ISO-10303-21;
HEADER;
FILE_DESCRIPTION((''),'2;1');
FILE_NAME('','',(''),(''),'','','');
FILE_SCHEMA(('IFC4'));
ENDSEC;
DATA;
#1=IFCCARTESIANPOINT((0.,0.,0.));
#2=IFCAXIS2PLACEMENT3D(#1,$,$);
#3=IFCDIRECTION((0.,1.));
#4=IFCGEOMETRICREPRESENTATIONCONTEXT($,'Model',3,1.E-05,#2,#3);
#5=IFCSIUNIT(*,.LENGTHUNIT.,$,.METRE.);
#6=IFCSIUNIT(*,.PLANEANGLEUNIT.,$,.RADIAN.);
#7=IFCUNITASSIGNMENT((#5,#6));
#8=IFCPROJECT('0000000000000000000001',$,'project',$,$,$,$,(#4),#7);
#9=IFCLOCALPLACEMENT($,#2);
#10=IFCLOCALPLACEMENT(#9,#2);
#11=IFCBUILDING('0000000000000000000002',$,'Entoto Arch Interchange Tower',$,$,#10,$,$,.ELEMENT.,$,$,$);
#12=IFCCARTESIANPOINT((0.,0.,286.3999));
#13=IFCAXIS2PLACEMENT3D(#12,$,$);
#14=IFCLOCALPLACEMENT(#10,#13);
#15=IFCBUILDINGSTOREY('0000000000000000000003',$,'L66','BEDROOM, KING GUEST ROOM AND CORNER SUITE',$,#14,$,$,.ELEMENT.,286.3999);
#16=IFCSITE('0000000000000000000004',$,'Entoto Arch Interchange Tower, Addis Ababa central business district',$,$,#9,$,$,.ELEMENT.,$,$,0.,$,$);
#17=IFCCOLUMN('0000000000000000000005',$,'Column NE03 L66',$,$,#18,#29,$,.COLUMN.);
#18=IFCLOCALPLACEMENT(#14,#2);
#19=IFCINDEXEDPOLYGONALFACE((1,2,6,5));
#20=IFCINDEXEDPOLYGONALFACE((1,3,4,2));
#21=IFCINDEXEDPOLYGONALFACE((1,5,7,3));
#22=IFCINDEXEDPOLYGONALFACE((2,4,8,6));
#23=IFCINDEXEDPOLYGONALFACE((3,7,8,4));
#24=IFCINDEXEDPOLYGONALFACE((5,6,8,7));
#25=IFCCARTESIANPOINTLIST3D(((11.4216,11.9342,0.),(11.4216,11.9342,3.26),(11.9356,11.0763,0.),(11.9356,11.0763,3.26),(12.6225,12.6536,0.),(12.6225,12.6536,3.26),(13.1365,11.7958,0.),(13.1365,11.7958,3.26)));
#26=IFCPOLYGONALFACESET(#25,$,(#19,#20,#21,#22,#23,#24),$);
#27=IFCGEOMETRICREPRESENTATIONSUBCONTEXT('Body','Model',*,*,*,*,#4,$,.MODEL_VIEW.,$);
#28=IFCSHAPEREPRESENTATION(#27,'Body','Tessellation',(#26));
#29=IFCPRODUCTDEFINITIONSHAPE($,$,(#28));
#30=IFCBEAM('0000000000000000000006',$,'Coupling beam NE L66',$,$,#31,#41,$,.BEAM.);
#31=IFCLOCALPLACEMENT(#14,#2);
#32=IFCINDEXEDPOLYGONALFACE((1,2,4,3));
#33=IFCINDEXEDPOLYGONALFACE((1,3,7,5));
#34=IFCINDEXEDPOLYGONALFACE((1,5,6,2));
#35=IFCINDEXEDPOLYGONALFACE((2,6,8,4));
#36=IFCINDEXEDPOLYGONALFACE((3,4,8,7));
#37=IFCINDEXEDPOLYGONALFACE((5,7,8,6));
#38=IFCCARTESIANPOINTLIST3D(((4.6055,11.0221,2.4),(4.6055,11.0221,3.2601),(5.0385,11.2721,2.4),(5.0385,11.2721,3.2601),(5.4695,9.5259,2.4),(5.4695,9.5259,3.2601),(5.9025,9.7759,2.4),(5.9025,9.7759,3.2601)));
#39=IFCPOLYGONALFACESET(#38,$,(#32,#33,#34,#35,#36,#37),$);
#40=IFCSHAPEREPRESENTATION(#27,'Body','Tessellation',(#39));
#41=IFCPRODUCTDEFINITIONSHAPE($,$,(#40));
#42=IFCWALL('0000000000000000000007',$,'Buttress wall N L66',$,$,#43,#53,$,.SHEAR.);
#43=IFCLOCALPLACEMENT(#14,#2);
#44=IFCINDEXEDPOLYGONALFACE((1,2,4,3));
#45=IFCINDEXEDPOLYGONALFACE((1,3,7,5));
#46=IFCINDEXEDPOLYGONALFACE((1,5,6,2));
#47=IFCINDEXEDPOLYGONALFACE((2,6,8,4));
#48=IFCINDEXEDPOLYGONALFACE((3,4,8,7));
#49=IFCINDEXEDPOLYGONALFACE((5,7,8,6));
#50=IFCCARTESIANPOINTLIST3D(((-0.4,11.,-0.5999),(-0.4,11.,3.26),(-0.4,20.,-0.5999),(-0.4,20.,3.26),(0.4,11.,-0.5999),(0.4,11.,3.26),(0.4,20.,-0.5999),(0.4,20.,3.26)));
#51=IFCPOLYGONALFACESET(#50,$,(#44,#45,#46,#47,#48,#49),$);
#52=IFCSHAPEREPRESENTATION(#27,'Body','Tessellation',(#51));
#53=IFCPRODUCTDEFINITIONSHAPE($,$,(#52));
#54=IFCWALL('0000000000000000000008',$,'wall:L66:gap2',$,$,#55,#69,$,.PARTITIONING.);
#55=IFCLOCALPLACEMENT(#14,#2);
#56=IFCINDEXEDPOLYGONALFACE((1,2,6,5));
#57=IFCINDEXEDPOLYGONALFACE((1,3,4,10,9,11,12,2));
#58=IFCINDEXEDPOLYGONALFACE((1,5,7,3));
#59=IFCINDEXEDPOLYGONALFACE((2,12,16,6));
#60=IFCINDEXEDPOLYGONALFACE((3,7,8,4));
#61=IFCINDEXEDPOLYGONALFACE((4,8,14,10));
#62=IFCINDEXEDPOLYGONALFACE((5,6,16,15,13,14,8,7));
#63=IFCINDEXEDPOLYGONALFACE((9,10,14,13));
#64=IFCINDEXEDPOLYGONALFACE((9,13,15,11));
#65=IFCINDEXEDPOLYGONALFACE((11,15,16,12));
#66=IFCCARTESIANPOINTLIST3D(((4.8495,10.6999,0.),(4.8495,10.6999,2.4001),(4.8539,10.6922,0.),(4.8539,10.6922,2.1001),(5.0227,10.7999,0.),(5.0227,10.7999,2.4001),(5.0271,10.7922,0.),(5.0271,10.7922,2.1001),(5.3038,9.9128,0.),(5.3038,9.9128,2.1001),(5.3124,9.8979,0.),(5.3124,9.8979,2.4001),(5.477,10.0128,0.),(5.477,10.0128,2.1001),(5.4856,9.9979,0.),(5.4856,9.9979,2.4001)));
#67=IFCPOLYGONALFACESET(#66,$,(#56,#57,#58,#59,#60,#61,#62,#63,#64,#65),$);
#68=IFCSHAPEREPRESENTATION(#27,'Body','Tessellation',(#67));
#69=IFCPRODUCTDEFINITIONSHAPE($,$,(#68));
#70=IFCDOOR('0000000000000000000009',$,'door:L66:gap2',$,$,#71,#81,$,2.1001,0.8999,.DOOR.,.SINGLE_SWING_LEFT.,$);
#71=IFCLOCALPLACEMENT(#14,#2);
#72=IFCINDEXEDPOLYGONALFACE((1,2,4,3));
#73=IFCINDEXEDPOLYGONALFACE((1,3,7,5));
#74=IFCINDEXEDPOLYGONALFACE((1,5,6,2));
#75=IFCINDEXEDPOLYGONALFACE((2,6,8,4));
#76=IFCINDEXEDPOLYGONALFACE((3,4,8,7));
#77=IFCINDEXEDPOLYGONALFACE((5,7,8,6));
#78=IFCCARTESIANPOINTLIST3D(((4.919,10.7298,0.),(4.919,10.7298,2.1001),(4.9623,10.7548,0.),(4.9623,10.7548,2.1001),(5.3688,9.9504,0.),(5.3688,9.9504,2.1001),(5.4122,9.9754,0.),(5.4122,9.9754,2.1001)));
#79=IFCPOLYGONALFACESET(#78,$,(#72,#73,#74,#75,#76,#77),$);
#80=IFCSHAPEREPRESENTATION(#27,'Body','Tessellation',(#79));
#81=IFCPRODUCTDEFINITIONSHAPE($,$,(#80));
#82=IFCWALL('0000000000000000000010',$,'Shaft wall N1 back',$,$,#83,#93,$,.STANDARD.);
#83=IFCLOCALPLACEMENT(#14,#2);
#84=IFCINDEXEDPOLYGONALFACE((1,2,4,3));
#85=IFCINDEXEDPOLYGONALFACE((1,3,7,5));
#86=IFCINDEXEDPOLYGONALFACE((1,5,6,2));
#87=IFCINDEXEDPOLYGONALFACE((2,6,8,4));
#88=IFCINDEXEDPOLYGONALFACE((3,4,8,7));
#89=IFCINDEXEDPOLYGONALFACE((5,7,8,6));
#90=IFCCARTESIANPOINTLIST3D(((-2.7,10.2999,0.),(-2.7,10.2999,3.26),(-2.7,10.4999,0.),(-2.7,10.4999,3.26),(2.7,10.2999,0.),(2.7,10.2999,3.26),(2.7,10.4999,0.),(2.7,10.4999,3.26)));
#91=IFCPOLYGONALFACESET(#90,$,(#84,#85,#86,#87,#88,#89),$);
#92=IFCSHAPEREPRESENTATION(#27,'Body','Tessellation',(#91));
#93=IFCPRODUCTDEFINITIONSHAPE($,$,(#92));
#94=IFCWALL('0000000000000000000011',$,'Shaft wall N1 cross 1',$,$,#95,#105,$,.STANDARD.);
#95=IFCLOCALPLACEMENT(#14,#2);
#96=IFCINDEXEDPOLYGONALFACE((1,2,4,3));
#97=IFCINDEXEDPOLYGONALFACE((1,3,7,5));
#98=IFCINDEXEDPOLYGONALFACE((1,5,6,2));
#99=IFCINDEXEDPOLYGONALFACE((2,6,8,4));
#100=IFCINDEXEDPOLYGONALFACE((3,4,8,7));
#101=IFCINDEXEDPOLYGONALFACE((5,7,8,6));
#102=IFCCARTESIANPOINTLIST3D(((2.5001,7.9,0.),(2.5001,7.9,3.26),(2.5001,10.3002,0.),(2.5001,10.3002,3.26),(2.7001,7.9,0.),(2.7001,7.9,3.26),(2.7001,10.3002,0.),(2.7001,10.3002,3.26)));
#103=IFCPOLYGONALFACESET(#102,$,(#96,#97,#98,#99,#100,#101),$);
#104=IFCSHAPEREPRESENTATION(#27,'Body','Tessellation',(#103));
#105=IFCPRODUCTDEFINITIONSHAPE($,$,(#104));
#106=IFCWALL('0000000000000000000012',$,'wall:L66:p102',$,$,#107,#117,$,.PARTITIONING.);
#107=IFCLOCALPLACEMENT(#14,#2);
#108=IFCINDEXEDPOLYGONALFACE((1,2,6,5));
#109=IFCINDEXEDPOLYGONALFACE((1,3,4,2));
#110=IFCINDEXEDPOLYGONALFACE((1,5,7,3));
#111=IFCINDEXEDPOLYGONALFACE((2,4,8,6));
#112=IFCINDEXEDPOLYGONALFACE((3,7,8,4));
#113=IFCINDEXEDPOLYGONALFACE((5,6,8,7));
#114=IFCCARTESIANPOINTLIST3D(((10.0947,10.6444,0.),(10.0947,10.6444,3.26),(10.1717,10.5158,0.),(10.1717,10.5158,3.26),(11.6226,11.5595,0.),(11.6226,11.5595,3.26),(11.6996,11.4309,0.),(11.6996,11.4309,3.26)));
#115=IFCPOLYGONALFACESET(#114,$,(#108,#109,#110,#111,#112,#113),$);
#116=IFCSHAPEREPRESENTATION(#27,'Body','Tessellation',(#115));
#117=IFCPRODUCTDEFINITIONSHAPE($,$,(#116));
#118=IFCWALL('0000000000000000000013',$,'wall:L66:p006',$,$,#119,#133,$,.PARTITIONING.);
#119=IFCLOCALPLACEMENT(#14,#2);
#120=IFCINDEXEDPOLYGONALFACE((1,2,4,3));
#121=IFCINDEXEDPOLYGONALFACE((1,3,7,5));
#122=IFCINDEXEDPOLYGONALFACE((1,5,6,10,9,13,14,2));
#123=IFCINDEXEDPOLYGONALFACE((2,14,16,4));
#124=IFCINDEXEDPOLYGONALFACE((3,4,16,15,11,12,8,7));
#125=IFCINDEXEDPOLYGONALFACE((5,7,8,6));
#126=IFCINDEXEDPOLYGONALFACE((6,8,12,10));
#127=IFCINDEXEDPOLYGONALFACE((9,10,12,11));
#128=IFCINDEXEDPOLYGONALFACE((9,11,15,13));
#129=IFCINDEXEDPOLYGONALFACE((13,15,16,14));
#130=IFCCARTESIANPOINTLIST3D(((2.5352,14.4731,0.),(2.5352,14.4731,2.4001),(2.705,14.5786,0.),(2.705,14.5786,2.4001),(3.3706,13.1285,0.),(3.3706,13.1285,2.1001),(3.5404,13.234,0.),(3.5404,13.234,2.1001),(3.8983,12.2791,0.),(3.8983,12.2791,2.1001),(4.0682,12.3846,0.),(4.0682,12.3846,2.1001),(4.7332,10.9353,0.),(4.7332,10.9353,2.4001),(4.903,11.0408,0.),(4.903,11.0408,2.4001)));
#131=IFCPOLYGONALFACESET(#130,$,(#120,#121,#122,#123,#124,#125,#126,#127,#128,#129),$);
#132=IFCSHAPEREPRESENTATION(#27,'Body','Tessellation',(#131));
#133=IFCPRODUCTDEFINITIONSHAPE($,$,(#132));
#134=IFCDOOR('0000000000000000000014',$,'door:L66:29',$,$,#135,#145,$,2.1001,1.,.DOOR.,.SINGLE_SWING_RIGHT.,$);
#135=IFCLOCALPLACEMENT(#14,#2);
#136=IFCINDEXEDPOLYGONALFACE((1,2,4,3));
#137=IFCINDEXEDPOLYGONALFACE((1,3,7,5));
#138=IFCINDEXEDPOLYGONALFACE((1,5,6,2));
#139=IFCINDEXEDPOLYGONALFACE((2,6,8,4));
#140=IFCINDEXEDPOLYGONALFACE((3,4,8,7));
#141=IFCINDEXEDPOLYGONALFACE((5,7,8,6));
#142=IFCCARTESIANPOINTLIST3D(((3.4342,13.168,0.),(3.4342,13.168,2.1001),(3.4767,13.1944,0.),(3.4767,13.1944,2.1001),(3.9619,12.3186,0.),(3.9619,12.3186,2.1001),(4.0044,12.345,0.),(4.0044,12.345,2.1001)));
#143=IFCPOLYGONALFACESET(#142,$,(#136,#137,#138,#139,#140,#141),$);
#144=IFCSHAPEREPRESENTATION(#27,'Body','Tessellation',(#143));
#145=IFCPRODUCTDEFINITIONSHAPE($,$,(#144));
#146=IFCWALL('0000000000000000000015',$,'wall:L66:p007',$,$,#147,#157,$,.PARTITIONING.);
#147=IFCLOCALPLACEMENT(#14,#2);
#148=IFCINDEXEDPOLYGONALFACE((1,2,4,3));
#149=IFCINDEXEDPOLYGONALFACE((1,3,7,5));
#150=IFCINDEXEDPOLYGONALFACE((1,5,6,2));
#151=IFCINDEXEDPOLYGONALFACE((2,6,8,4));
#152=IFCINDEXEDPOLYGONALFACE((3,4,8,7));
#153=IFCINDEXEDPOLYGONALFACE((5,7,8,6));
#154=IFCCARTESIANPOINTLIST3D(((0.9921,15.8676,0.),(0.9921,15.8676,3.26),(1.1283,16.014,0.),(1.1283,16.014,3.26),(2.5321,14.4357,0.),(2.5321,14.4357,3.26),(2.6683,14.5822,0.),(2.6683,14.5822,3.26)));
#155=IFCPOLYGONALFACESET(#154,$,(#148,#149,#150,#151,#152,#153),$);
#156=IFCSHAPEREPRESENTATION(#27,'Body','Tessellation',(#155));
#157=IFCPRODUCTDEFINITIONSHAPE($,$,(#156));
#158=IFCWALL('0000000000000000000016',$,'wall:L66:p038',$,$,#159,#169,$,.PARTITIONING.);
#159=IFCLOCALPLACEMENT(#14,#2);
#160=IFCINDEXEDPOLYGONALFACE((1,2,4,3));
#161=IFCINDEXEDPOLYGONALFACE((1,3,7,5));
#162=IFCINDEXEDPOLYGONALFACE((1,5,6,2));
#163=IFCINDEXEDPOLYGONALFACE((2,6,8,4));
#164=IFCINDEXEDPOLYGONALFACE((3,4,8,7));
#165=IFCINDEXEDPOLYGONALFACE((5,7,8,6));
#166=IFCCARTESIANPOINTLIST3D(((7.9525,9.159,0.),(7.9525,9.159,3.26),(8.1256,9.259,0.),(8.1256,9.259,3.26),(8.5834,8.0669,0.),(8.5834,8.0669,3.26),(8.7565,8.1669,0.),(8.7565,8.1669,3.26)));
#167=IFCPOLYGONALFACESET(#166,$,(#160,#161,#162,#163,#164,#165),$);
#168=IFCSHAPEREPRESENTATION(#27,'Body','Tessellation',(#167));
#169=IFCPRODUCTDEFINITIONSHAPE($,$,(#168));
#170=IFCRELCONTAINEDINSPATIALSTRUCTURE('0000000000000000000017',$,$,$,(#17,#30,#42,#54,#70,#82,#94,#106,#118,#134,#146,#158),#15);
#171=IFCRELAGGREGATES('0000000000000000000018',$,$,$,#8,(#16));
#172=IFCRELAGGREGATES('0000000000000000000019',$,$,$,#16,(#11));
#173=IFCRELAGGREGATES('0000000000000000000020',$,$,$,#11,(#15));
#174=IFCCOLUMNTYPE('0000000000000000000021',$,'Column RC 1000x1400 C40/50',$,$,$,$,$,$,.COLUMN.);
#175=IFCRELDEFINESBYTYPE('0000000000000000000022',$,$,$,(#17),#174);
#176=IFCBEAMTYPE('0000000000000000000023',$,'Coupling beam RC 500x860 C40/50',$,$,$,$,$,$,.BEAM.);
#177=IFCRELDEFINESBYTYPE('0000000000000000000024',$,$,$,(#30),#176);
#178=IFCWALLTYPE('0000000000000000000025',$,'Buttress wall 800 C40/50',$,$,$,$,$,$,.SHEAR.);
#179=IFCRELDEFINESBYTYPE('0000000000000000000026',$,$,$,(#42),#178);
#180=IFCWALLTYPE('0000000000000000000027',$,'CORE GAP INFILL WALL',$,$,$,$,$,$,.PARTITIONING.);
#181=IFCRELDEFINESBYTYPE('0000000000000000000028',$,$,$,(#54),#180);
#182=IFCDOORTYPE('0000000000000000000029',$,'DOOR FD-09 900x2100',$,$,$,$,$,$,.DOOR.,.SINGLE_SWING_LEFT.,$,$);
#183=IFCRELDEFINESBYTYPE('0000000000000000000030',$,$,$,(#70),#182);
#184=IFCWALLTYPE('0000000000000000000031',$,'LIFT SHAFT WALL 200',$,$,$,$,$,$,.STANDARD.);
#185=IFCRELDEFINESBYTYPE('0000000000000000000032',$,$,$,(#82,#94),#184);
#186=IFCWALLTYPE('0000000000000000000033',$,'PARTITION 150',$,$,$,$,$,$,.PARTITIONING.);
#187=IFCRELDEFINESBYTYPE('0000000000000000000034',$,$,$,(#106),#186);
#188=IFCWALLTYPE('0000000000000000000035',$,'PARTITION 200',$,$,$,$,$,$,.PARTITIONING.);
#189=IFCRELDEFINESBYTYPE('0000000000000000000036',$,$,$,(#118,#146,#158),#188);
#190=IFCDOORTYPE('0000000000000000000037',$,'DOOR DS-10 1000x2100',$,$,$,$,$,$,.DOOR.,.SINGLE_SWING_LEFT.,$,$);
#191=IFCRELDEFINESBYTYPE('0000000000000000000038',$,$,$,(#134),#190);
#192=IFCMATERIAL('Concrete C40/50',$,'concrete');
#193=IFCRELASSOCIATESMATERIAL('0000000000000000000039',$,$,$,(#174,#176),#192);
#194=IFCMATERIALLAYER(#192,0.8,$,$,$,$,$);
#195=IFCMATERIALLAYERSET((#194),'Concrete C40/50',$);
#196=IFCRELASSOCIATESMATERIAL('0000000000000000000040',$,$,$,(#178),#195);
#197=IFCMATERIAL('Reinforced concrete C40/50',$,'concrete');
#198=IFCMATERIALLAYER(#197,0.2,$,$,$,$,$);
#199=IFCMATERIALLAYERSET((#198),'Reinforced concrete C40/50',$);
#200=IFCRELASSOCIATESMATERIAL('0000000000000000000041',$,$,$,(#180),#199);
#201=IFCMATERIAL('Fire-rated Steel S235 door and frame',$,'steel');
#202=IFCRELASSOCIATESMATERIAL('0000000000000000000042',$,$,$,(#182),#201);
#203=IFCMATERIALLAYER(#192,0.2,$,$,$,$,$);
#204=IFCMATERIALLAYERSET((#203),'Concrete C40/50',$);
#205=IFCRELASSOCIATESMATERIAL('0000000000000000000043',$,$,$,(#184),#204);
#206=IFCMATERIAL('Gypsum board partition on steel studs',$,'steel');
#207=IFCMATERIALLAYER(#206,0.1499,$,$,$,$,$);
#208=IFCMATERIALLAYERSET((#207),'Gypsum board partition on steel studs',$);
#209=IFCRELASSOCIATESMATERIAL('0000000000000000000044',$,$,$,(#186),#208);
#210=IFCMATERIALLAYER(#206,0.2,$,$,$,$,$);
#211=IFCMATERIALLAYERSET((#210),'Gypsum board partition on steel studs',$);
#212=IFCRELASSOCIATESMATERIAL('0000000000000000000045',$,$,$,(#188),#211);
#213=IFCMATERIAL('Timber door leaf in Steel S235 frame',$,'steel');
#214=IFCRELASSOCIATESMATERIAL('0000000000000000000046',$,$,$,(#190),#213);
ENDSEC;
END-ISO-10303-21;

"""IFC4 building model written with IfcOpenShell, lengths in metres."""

from ifc_helpers import new_model, si_unit, direction, frame, frame_2d, origin, origin_2d, place, context, subcontext, project, spatial, rectangle, extrude, material, layer, layer_set, material_profile, profile_set, type_object, element, fill, save


model = new_model("IFC4")

# Units and contexts
model_context = context("Model", 3, precision=1e-05, world=origin(), true_north=direction((0.0, 1.0)))
body_context = subcontext(model_context, "Body", "Model", "MODEL_VIEW")
ifc_project = project(units=[si_unit("LENGTHUNIT", "METRE"), si_unit("PLANEANGLEUNIT", "RADIAN")], contexts=[model_context])

# Site, building, storey
site_placement = place(None, origin())
site = spatial("IfcSite", under=ifc_project, at=site_placement, Name="Entoto Arch Interchange Tower, Addis Ababa central business district", CompositionType="ELEMENT", RefElevation=0.0)
building_placement = place(site_placement, origin())
building = spatial("IfcBuilding", under=site, at=building_placement, Name="Entoto Arch Interchange Tower", CompositionType="ELEMENT")
storey_placement = place(building_placement, frame((0.0, 0.0, 286.3999)))
storey = spatial("IfcBuildingStorey", under=building, at=storey_placement, Name="L66", Description="BEDROOM, KING GUEST ROOM AND CORNER SUITE", CompositionType="ELEMENT", Elevation=286.3999)

# Column
ifc_material_1 = material(Name="Concrete C40/50", Category="concrete")
ifc_material_profile_1 = material_profile(ifc_material_1, rectangle(XDim=1.0, YDim=1.3999, at=origin_2d()))
ifc_profile_set_1 = profile_set([ifc_material_profile_1], Name="Concrete C40/50")
column_type = type_object("IfcColumnType", Name="Column RC 1000x1400 C40/50", PredefinedType="COLUMN", material=ifc_profile_set_1)
column_placement = place(storey_placement, frame((12.2791, 11.865, 0.0), z_axis=(0.0, 0.0, 1.0), x_axis=(-0.513946, 0.857823, 0.0)))
element("IfcColumn", 1, at=column_placement, inside=storey, type_object=column_type, Name="Column NE03 L66", PredefinedType="COLUMN", context=body_context, shape_type="SweptSolid", body=[
    extrude(rectangle(XDim=1.0, YDim=1.3999, at=origin_2d()), origin(), (0.0, 0.0, 1.0), 3.26),
])

# Beam
ifc_material_profile_2 = material_profile(ifc_material_1, rectangle(XDim=0.5, YDim=0.8601, at=origin_2d()))
ifc_profile_set_2 = profile_set([ifc_material_profile_2], Name="Concrete C40/50")
beam_type = type_object("IfcBeamType", Name="Coupling beam RC 500x860 C40/50", PredefinedType="BEAM", material=ifc_profile_set_2)
beam_placement = place(storey_placement, frame((5.686, 9.6509, 2.8301), z_axis=(-0.500106, 0.865964, 0.0), x_axis=(-0.865964, -0.500106, 0.0)))
element("IfcBeam", 2, at=beam_placement, inside=storey, type_object=beam_type, Name="Coupling beam NE L66", PredefinedType="BEAM", context=body_context, shape_type="SweptSolid", body=[
    extrude(rectangle(XDim=0.5, YDim=0.8601, at=origin_2d()), origin(), (0.0, 0.0, 1.0), 1.7278),
])

# Wall
ifc_layer_1 = layer(ifc_material_1, 0.8)
ifc_layer_set_1 = layer_set([ifc_layer_1], Name="Concrete C40/50")
wall_type_1 = type_object("IfcWallType", Name="Buttress wall 800 C40/50", PredefinedType="SHEAR", material=ifc_layer_set_1)
wall_1_placement = place(storey_placement, frame((0.0, 11.0, -0.5999), z_axis=(0.0, 0.0, 1.0), x_axis=(0.0, 1.0, 0.0)))
element("IfcWall", 3, at=wall_1_placement, inside=storey, type_object=wall_type_1, Name="Buttress wall N L66", PredefinedType="SHEAR", context=body_context, shape_type="SweptSolid", body=[
    extrude(rectangle(XDim=9.0, YDim=0.8, at=frame_2d((4.5, 0.0))), origin(), (0.0, 0.0, 1.0), 3.8599),
])

# Wall, opening, door
ifc_material_2 = material(Name="Reinforced concrete C40/50", Category="concrete")
ifc_layer_2 = layer(ifc_material_2, 0.2)
ifc_layer_set_2 = layer_set([ifc_layer_2], Name="Reinforced concrete C40/50")
wall_type_2 = type_object("IfcWallType", Name="CORE GAP INFILL WALL", PredefinedType="PARTITIONING", material=ifc_layer_set_2)
wall_2_placement = place(storey_placement, frame((5.3989, 9.948, 0.0), z_axis=(0.0, 0.0, 1.0), x_axis=(-0.499882, 0.866093, 0.0)))
wall_2 = element("IfcWall", 4, at=wall_2_placement, inside=storey, type_object=wall_type_2, Name="wall:L66:gap2", PredefinedType="PARTITIONING", context=body_context, shape_type="SweptSolid", body=[
    extrude(rectangle(XDim=0.926, YDim=0.2, at=frame_2d((0.4629, 0.0))), origin(), (0.0, 0.0, 1.0), 2.4001),
])
opening_1_placement = place(wall_2_placement, frame((0.0171, 0.0, 0.0)))
opening_1 = element("IfcOpeningElement", 5, at=opening_1_placement, cuts=wall_2, PredefinedType="OPENING", context=body_context, shape_type="SweptSolid", body=[
    extrude(rectangle(XDim=0.8999, YDim=2.1001, at=frame_2d((0.45, 1.05))), frame((0.0, 0.1099, 0.0), z_axis=(0.0, -1.0, 0.0), x_axis=(1.0, 0.0, 0.0)), (0.0, 0.0, 1.0), 0.22),
])
ifc_material_3 = material(Name="Fire-rated Steel S235 door and frame", Category="steel")
door_type_1 = type_object("IfcDoorType", Name="DOOR FD-09 900x2100", OperationType="SINGLE_SWING_LEFT", PredefinedType="DOOR", material=ifc_material_3)
door_1_placement = place(opening_1_placement, origin())
door_1 = element("IfcDoor", 6, at=door_1_placement, inside=storey, type_object=door_type_1, Name="door:L66:gap2", OperationType="SINGLE_SWING_LEFT", OverallHeight=2.1001, OverallWidth=0.8999, PredefinedType="DOOR", context=body_context, shape_type="SweptSolid", body=[
    extrude(rectangle(XDim=0.8999, YDim=2.1001, at=frame_2d((0.45, 1.05))), frame((0.0, 0.0249, 0.0), z_axis=(0.0, -1.0, 0.0), x_axis=(1.0, 0.0, 0.0)), (0.0, 0.0, 1.0), 0.05),
])
fill(opening_1, door_1)

# Walls
ifc_layer_3 = layer(ifc_material_1, 0.2)
ifc_layer_set_3 = layer_set([ifc_layer_3], Name="Concrete C40/50")
wall_type_3 = type_object("IfcWallType", Name="LIFT SHAFT WALL 200", PredefinedType="STANDARD", material=ifc_layer_set_3)
wall_3_placement = place(storey_placement, frame((2.7, 10.3999, 0.0), z_axis=(0.0, 0.0, 1.0), x_axis=(-1.0, 0.0, 0.0)))
element("IfcWall", 7, at=wall_3_placement, inside=storey, type_object=wall_type_3, Name="Shaft wall N1 back", PredefinedType="STANDARD", context=body_context, shape_type="SweptSolid", body=[
    extrude(rectangle(XDim=5.3999, YDim=0.2, at=frame_2d((2.7, 0.0))), origin(), (0.0, 0.0, 1.0), 3.26),
])
wall_4_placement = place(storey_placement, frame((2.6001, 7.8999, 0.0), z_axis=(0.0, 0.0, 1.0), x_axis=(0.0, 1.0, 0.0)))
element("IfcWall", 8, at=wall_4_placement, inside=storey, type_object=wall_type_3, Name="Shaft wall N1 cross 1", PredefinedType="STANDARD", context=body_context, shape_type="SweptSolid", body=[
    extrude(rectangle(XDim=2.4001, YDim=0.2, at=frame_2d((1.2002, 0.0))), origin(), (0.0, 0.0, 1.0), 3.26),
])
ifc_material_4 = material(Name="Gypsum board partition on steel studs", Category="steel")
ifc_layer_4 = layer(ifc_material_4, 0.1499)
ifc_layer_set_4 = layer_set([ifc_layer_4], Name="Gypsum board partition on steel studs")
wall_type_4 = type_object("IfcWallType", Name="PARTITION 150", PredefinedType="PARTITIONING", material=ifc_layer_set_4)
wall_5_placement = place(storey_placement, frame((10.1331, 10.5801, 0.0), z_axis=(0.0, 0.0, 1.0), x_axis=(0.857904, 0.51381, 0.0)))
element("IfcWall", 9, at=wall_5_placement, inside=storey, type_object=wall_type_4, Name="wall:L66:p102", PredefinedType="PARTITIONING", context=body_context, shape_type="SweptSolid", body=[
    extrude(rectangle(XDim=1.781, YDim=0.1499, at=frame_2d((0.8906, 0.0))), origin(), (0.0, 0.0, 1.0), 3.26),
])

# Wall, opening, door
ifc_layer_5 = layer(ifc_material_4, 0.2)
ifc_layer_set_5 = layer_set([ifc_layer_5], Name="Gypsum board partition on steel studs")
wall_type_5 = type_object("IfcWallType", Name="PARTITION 200", PredefinedType="PARTITIONING", material=ifc_layer_set_5)
wall_6_placement = place(storey_placement, frame((2.6201, 14.5259, 0.0), z_axis=(0.0, 0.0, 1.0), x_axis=(0.527726, -0.849415, 0.0)))
wall_6 = element("IfcWall", 10, at=wall_6_placement, inside=storey, type_object=wall_type_5, Name="wall:L66:p006", PredefinedType="PARTITIONING", context=body_context, shape_type="SweptSolid", body=[
    extrude(rectangle(XDim=4.165, YDim=0.2, at=frame_2d((2.0825, 0.0))), origin(), (0.0, 0.0, 1.0), 2.4001),
])
opening_2_placement = place(wall_6_placement, frame((1.583, 0.0, 0.0)))
opening_2 = element("IfcOpeningElement", 11, at=opening_2_placement, cuts=wall_6, PredefinedType="OPENING", context=body_context, shape_type="SweptSolid", body=[
    extrude(rectangle(XDim=1.0, YDim=2.1001, at=frame_2d((0.5, 1.05))), frame((0.0, 0.1099, 0.0), z_axis=(0.0, -1.0, 0.0), x_axis=(1.0, 0.0, 0.0)), (0.0, 0.0, 1.0), 0.22),
])
ifc_material_5 = material(Name="Timber door leaf in Steel S235 frame", Category="steel")
door_type_2 = type_object("IfcDoorType", Name="DOOR DS-10 1000x2100", OperationType="SINGLE_SWING_LEFT", PredefinedType="DOOR", material=ifc_material_5)
door_2_placement = place(opening_2_placement, origin())
door_2 = element("IfcDoor", 12, at=door_2_placement, inside=storey, type_object=door_type_2, Name="door:L66:29", OperationType="SINGLE_SWING_RIGHT", OverallHeight=2.1001, OverallWidth=1.0, PredefinedType="DOOR", context=body_context, shape_type="SweptSolid", body=[
    extrude(rectangle(XDim=1.0, YDim=2.1001, at=frame_2d((0.5, 1.05))), frame((0.0, 0.0249, 0.0), z_axis=(0.0, -1.0, 0.0), x_axis=(1.0, 0.0, 0.0)), (0.0, 0.0, 1.0), 0.05),
])
fill(opening_2, door_2)

# Walls
wall_7_placement = place(storey_placement, frame((2.6001, 14.509, 0.0), z_axis=(0.0, 0.0, 1.0), x_axis=(-0.732355, 0.680923, 0.0)))
element("IfcWall", 13, at=wall_7_placement, inside=storey, type_object=wall_type_5, Name="wall:L66:p007", PredefinedType="PARTITIONING", context=body_context, shape_type="SweptSolid", body=[
    extrude(rectangle(XDim=2.1028, YDim=0.2, at=frame_2d((1.0513, 0.0))), origin(), (0.0, 0.0, 1.0), 3.26),
])
wall_8_placement = place(storey_placement, frame((8.0391, 9.209, 0.0), z_axis=(0.0, 0.0, 1.0), x_axis=(0.50022, -0.865899, 0.0)))
element("IfcWall", 14, at=wall_8_placement, inside=storey, type_object=wall_type_5, Name="wall:L66:p038", PredefinedType="PARTITIONING", context=body_context, shape_type="SweptSolid", body=[
    extrude(rectangle(XDim=1.2612, YDim=0.2, at=frame_2d((0.6306, 0.0))), origin(), (0.0, 0.0, 1.0), 3.26),
])

save(model, "model.ifc")
